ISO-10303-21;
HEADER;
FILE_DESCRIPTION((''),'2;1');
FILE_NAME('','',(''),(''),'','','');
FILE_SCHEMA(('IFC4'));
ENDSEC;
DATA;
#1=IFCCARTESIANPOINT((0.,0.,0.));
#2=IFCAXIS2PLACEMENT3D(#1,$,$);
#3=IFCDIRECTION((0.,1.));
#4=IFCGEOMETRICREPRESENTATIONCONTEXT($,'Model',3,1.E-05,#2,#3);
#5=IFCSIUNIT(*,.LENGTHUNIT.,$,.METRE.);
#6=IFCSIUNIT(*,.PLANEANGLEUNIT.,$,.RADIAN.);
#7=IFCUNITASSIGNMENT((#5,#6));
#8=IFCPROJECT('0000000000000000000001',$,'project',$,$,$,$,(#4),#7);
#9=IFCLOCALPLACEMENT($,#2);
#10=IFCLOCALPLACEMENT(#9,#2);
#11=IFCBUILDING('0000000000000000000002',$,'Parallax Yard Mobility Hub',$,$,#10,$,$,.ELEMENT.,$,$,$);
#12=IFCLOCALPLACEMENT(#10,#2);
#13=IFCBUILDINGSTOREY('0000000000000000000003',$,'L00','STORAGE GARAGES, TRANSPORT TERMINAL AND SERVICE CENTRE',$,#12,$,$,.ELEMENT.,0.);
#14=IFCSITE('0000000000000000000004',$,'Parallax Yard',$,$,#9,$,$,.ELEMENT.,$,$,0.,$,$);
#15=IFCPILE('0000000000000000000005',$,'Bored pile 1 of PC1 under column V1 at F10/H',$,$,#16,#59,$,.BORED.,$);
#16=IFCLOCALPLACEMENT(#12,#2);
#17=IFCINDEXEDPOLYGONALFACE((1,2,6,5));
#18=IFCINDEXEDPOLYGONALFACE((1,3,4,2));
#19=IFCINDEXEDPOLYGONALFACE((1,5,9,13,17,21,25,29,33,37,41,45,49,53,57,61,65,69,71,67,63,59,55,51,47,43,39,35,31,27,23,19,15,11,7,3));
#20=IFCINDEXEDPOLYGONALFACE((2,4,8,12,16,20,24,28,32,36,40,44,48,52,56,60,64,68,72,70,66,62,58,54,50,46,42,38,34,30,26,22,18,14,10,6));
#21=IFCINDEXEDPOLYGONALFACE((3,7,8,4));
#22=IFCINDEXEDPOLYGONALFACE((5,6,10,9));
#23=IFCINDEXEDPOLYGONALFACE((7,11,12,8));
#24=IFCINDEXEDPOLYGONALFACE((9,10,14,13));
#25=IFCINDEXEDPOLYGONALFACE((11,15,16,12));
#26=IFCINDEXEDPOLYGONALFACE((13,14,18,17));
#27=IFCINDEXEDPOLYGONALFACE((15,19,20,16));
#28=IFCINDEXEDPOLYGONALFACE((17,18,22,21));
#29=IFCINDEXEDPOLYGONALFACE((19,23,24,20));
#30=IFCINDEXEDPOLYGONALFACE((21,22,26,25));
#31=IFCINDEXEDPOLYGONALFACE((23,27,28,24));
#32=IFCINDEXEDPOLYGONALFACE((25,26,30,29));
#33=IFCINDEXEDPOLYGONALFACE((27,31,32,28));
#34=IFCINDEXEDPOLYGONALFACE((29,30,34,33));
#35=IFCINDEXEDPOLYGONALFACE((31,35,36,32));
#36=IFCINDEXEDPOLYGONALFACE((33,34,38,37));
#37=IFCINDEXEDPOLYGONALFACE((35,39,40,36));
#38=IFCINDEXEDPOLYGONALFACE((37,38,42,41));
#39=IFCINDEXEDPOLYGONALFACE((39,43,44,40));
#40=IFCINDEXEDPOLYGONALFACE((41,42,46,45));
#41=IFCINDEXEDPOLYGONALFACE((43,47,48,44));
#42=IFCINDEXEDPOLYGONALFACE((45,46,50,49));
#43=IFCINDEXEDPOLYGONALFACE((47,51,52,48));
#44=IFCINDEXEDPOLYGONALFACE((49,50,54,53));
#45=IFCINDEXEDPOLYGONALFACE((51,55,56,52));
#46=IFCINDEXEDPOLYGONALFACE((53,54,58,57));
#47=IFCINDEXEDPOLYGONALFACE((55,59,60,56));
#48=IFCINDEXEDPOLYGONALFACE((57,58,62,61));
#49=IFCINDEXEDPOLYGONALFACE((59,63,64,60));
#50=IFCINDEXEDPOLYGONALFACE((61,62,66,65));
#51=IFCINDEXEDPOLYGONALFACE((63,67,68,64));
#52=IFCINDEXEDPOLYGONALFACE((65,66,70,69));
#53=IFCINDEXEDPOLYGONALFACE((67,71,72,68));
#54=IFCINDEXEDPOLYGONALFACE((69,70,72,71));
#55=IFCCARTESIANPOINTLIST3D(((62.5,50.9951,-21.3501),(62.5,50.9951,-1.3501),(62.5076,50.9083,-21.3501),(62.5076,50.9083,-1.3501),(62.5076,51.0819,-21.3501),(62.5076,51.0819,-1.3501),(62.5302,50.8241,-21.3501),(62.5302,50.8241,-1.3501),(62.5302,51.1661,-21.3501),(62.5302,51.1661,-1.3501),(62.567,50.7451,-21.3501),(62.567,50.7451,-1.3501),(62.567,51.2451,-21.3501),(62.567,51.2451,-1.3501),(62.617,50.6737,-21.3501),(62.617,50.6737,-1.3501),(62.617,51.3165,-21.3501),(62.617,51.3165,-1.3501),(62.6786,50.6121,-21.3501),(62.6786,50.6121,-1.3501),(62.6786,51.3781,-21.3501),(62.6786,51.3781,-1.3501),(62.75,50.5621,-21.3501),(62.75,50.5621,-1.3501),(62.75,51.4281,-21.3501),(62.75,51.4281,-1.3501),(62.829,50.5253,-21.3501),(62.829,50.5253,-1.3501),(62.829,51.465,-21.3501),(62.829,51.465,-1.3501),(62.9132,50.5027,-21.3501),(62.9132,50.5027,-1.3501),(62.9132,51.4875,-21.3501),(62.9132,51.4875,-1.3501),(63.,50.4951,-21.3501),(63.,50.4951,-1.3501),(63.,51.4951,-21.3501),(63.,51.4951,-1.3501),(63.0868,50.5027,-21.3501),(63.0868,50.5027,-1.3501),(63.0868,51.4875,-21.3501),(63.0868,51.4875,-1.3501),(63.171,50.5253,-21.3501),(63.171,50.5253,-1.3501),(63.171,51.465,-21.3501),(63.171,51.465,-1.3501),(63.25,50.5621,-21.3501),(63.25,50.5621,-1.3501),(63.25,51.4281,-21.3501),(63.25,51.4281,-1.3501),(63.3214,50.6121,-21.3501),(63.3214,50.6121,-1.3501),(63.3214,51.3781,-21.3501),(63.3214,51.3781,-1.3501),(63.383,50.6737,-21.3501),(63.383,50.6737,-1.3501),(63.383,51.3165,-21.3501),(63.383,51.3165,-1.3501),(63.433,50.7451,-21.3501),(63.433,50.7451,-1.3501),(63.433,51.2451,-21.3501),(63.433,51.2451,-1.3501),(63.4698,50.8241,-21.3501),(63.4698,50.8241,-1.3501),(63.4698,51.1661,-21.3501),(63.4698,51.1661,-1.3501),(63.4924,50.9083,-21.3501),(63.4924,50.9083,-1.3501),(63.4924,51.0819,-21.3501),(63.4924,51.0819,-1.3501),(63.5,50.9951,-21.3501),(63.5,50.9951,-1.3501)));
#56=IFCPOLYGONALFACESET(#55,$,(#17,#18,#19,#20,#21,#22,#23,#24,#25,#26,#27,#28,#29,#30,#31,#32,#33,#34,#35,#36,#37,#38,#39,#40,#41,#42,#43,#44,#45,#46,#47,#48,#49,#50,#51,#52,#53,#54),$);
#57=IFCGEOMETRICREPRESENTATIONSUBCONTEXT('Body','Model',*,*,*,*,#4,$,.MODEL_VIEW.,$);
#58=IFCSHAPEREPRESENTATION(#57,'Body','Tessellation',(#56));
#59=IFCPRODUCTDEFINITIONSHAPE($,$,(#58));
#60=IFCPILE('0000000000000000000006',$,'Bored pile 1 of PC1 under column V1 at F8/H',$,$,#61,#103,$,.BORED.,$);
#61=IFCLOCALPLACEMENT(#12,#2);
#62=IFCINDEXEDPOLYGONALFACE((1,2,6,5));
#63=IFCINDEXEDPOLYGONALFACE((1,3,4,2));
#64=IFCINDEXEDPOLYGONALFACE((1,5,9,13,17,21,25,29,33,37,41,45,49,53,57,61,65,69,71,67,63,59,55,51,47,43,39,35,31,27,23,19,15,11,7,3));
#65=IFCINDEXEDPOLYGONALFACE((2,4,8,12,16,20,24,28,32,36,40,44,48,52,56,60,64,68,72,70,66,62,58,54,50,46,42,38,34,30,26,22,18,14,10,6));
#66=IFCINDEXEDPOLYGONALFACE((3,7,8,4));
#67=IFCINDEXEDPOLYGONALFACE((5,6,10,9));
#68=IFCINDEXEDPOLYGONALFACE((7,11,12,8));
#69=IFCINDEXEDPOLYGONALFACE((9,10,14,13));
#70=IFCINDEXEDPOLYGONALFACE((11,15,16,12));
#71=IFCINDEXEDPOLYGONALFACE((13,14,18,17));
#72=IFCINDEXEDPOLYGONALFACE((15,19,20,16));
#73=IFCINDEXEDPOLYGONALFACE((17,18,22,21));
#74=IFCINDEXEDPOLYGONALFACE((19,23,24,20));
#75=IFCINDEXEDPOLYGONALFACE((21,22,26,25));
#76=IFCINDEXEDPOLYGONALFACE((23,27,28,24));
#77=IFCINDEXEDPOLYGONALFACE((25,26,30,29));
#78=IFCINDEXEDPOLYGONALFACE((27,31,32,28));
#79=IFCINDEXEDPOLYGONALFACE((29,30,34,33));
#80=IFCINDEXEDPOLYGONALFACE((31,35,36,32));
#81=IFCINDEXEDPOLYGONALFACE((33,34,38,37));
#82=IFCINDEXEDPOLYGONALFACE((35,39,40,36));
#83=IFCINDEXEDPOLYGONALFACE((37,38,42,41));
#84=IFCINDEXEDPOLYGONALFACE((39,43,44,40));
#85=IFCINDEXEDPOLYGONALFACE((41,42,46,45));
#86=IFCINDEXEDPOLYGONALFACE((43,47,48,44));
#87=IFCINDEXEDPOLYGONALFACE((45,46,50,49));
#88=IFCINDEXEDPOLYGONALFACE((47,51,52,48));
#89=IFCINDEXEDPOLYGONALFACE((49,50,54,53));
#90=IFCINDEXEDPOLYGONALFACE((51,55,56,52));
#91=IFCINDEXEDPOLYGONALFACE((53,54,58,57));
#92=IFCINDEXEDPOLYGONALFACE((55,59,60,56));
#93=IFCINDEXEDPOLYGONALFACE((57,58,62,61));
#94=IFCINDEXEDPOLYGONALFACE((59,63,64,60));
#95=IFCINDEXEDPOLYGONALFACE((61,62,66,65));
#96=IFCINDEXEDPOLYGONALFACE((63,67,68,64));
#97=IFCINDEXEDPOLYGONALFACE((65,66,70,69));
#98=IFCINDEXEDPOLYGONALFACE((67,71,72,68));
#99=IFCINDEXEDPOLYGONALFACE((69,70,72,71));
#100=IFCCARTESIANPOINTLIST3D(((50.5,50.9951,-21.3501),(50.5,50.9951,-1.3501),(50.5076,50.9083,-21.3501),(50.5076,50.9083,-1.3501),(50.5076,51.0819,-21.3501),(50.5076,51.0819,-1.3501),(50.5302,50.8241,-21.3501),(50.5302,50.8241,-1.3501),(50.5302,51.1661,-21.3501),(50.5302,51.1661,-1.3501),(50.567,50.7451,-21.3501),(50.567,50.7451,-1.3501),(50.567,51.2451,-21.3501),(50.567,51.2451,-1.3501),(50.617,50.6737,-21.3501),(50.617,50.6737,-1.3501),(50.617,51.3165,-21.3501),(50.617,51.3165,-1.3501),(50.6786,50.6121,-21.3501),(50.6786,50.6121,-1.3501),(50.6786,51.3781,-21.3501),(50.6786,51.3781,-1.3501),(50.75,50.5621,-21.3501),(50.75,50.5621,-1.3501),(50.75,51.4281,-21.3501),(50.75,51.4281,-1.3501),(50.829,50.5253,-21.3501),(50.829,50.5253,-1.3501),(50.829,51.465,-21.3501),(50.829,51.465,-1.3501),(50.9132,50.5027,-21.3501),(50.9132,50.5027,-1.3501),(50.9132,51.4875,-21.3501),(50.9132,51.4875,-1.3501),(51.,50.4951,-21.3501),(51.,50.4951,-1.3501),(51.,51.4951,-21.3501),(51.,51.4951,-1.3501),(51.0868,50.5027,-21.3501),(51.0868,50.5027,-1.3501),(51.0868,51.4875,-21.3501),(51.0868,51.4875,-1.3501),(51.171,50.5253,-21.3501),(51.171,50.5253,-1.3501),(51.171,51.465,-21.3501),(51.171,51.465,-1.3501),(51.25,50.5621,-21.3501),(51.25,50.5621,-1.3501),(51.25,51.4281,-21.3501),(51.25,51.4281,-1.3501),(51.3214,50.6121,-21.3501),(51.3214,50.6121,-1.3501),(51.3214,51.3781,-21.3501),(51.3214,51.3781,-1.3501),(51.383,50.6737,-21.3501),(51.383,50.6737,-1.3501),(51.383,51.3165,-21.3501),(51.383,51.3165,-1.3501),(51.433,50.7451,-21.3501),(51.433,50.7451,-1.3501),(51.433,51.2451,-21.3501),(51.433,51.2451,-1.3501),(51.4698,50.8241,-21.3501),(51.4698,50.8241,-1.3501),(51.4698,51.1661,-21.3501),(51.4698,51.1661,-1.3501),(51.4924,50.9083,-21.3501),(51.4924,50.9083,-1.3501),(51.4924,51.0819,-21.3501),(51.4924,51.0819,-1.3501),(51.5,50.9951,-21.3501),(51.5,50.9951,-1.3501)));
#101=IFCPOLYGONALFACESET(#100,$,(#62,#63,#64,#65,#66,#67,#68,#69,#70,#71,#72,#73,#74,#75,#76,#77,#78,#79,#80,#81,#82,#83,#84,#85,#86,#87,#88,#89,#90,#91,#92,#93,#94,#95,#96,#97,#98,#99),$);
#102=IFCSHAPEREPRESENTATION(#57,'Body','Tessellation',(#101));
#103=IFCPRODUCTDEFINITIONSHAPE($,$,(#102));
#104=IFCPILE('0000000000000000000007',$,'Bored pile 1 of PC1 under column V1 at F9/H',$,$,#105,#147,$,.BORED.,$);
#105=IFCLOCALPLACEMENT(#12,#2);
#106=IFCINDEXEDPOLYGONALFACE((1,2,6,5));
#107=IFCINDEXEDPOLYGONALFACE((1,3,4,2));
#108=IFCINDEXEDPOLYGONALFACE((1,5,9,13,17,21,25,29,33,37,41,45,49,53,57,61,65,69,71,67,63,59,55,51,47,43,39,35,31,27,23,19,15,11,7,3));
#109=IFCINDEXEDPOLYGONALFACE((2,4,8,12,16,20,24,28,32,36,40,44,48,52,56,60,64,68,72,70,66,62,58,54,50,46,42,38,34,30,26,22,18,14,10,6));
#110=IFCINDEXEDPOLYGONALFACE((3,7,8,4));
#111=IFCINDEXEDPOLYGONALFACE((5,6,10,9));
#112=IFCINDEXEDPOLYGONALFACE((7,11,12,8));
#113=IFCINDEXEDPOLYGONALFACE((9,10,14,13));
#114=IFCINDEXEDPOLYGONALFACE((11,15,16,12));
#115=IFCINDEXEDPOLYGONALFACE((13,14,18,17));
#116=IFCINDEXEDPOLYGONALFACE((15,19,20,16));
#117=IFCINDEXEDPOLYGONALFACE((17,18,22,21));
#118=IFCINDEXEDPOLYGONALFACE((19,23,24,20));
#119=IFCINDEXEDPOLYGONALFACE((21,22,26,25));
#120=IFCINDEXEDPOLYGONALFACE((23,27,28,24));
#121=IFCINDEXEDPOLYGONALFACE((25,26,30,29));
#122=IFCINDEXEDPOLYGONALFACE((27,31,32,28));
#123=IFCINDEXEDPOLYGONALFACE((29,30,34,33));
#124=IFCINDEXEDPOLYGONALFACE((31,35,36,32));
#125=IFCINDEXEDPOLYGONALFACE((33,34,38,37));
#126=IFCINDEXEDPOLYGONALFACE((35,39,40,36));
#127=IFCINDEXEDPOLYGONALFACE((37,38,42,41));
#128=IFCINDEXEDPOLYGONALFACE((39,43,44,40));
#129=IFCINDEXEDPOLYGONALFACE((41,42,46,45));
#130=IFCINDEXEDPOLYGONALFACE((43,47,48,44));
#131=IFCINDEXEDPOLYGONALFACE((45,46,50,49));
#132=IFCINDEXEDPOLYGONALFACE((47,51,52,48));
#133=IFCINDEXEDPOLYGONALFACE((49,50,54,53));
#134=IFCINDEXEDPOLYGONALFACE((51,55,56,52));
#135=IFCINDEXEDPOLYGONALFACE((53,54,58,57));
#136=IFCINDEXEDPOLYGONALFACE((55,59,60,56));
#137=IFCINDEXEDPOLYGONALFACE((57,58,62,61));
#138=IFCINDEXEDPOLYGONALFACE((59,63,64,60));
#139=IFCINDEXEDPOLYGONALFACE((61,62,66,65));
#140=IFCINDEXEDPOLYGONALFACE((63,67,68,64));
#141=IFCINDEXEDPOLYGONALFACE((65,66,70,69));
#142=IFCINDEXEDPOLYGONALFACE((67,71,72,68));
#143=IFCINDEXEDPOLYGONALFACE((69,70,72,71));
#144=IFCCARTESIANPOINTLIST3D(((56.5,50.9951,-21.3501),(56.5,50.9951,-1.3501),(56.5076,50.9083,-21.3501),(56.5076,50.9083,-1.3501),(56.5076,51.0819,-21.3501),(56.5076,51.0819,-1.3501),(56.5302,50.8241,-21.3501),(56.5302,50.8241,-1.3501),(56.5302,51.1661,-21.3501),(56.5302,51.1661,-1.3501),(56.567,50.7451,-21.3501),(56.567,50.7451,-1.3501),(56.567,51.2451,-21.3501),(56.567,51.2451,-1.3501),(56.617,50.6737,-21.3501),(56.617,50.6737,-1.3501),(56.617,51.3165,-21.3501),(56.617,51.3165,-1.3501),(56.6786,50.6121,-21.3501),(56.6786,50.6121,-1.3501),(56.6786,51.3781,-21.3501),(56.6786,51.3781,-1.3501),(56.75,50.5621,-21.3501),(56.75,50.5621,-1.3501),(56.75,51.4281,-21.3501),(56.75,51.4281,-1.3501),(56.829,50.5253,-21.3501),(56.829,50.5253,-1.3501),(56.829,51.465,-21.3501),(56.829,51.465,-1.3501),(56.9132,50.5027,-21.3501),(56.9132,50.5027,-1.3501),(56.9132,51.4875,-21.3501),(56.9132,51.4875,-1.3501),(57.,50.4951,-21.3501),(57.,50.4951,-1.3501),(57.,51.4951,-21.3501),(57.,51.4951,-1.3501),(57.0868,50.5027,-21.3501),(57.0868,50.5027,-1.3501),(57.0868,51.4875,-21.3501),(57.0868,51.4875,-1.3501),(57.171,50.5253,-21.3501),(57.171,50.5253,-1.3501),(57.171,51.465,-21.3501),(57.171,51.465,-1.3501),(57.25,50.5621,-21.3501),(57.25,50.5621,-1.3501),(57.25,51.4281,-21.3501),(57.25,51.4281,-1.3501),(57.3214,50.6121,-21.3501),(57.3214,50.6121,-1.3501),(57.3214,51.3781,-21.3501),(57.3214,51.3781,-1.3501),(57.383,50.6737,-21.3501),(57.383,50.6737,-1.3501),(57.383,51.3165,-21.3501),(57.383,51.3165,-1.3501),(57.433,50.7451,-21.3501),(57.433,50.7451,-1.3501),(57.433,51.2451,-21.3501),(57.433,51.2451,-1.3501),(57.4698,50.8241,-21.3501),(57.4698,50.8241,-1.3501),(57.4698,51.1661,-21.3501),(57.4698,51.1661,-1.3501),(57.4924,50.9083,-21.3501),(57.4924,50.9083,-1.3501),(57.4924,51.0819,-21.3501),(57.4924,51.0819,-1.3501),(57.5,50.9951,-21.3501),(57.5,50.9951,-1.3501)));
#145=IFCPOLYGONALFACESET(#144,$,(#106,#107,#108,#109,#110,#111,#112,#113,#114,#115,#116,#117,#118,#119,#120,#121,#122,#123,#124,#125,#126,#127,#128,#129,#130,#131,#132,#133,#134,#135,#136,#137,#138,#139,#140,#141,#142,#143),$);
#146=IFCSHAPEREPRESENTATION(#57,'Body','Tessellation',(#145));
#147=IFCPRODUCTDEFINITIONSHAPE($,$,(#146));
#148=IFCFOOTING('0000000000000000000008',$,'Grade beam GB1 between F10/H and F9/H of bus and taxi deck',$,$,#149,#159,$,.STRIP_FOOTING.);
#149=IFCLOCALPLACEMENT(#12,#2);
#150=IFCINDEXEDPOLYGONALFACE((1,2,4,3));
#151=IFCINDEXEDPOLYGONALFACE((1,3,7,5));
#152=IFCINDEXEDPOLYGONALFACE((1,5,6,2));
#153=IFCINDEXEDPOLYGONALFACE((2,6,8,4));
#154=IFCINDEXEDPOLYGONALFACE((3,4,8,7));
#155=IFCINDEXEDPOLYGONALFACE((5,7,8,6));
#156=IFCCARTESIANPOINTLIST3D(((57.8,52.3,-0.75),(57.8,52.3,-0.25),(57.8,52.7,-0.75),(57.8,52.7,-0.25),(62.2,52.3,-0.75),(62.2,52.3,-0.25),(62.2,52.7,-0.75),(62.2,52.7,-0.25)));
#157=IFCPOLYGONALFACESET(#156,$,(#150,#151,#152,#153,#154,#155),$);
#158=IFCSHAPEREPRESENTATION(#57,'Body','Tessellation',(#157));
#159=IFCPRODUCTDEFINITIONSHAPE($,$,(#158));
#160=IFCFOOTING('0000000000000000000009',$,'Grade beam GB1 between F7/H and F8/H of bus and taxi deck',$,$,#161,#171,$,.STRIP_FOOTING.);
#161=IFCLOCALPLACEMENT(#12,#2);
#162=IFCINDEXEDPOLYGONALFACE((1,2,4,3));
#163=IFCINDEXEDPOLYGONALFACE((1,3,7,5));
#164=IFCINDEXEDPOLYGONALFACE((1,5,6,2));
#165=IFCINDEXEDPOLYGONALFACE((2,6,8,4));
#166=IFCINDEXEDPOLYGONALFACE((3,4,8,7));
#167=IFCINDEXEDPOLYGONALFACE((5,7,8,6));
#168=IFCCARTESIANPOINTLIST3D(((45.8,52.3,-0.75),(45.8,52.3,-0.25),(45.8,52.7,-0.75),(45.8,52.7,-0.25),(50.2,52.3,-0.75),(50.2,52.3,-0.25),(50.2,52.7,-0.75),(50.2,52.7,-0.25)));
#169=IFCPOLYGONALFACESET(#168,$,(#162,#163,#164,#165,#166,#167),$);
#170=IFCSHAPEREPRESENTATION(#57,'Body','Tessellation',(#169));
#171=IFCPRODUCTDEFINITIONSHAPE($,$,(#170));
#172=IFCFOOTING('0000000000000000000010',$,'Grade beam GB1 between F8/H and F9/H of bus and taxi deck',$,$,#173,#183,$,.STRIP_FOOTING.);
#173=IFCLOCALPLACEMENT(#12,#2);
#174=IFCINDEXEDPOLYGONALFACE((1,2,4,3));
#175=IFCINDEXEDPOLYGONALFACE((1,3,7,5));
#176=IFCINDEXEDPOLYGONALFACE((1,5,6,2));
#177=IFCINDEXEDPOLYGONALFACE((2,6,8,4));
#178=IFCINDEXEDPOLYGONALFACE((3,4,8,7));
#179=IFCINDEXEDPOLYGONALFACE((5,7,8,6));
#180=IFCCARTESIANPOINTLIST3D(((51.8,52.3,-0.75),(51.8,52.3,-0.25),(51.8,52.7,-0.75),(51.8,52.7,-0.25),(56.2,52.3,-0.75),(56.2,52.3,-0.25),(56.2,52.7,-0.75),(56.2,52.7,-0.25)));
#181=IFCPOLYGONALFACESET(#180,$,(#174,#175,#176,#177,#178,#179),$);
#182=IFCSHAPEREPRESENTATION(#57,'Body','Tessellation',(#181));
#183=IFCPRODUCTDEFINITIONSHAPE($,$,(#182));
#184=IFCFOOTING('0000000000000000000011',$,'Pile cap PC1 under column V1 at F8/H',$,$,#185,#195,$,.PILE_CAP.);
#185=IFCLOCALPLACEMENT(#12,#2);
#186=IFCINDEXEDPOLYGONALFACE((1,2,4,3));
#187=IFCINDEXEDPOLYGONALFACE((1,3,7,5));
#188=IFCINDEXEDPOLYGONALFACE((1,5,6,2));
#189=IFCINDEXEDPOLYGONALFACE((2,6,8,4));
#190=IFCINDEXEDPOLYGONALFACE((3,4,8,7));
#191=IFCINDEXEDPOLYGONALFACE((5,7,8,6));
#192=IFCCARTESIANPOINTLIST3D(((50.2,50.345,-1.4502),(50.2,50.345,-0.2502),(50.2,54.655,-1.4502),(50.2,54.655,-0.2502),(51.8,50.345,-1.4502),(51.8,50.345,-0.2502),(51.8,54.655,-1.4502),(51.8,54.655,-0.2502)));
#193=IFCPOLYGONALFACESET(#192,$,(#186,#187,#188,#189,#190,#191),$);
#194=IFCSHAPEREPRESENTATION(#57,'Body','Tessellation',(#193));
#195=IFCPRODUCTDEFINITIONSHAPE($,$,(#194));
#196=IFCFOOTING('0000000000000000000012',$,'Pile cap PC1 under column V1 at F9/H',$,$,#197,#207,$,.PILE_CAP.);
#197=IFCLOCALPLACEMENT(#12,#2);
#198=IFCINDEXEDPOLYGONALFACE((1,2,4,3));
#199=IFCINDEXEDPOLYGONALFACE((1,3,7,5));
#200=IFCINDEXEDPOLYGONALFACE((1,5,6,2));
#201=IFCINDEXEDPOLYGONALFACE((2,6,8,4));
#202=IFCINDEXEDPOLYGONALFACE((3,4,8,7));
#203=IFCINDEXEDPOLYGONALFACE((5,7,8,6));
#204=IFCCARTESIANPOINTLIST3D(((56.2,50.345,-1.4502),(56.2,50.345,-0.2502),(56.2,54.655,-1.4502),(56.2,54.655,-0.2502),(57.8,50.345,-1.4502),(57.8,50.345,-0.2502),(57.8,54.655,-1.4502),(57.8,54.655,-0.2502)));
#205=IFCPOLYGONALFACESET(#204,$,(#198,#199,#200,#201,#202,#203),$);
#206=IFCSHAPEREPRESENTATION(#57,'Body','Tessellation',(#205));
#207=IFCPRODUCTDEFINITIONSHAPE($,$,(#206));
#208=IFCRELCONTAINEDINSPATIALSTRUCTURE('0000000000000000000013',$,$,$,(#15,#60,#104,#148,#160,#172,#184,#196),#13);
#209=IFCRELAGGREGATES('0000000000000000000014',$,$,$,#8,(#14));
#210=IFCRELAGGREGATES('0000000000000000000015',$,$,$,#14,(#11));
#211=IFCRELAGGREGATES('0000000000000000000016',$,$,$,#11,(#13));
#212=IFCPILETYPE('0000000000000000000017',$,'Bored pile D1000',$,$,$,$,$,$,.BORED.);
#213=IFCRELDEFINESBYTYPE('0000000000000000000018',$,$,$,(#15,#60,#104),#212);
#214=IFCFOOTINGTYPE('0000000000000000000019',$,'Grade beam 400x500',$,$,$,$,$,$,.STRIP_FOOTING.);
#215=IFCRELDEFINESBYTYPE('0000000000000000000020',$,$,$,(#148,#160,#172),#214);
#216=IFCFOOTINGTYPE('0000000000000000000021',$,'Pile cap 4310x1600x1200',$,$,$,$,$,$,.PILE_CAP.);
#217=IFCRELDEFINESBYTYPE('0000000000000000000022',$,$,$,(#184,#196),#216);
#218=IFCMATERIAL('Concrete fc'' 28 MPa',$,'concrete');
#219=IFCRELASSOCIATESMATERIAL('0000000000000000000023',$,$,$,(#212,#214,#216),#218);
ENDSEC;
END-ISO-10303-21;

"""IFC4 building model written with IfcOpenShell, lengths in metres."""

from ifc_helpers import new_model, si_unit, direction, frame, origin, origin_2d, place, context, subcontext, project, spatial, rectangle, circle, extrude, material, material_profile, profile_set, type_object, element, save


model = new_model("IFC4")

# Units and contexts
model_context = context("Model", 3, precision=1e-05, world=origin(), true_north=direction((0.0, 1.0)))
body_context = subcontext(model_context, "Body", "Model", "MODEL_VIEW")
ifc_project = project(units=[si_unit("LENGTHUNIT", "METRE"), si_unit("PLANEANGLEUNIT", "RADIAN")], contexts=[model_context])

# Site, building, storey
site_placement = place(None, origin())
site = spatial("IfcSite", under=ifc_project, at=site_placement, Name="Parallax Yard", CompositionType="ELEMENT", RefElevation=0.0)
building_placement = place(site_placement, origin())
building = spatial("IfcBuilding", under=site, at=building_placement, Name="Parallax Yard Mobility Hub", CompositionType="ELEMENT")
storey_placement = place(building_placement, origin())
storey = spatial("IfcBuildingStorey", under=building, at=storey_placement, Name="L00", Description="STORAGE GARAGES, TRANSPORT TERMINAL AND SERVICE CENTRE", CompositionType="ELEMENT", Elevation=0.0)

# Piles
ifc_material_1 = material(Name="Concrete fc' 28 MPa", Category="concrete")
ifc_material_profile_1 = material_profile(ifc_material_1, circle(Radius=0.5, at=origin_2d()), Name="Bored pile D1000")
ifc_profile_set_1 = profile_set([ifc_material_profile_1], Name="Concrete fc' 28 MPa")
pile_type = type_object("IfcPileType", Name="Bored pile D1000", PredefinedType="BORED", material=ifc_profile_set_1)
for number, where, z_axis, x_axis, name in (
    (1, (63.0, 50.9951, -1.3501), (0.0, 0.0, -1.0), (1.0, 0.0, 0.0), "Bored pile 1 of PC1 under column V1 at F10/H"),
    (2, (51.0, 50.9951, -1.3501), (0.0, 0.0, -1.0), (1.0, 0.0, 0.0), "Bored pile 1 of PC1 under column V1 at F8/H"),
    (3, (57.0, 50.9951, -1.3501), (0.0, 0.0, -1.0), (1.0, 0.0, 0.0), "Bored pile 1 of PC1 under column V1 at F9/H"),
):
    element("IfcPile", number, at=place(storey_placement, frame(where, z_axis=z_axis, x_axis=x_axis)), inside=storey, type_object=pile_type, Name=name, PredefinedType="BORED", context=body_context, shape_type="SweptSolid", body=[
        extrude(circle(Radius=0.5, at=origin_2d()), origin(), (0.0, 0.0, 1.0), 20.0),
    ])

# Footings
ifc_material_profile_2 = material_profile(ifc_material_1, rectangle(XDim=0.3999, YDim=0.5, at=origin_2d()), Name="Grade beam 400x500")
ifc_profile_set_2 = profile_set([ifc_material_profile_2], Name="Concrete fc' 28 MPa")
footing_type_1 = type_object("IfcFootingType", Name="Grade beam 400x500", PredefinedType="STRIP_FOOTING", material=ifc_profile_set_2)
for number, where, z_axis, x_axis, name in (
    (4, (62.2, 52.5, -0.5), (-1.0, 0.0, 0.0), (0.0, -1.0, 0.0), "Grade beam GB1 between F10/H and F9/H of bus and taxi deck"),
    (5, (45.8, 52.5, -0.5), (1.0, 0.0, 0.0), (0.0, 1.0, 0.0), "Grade beam GB1 between F7/H and F8/H of bus and taxi deck"),
    (6, (51.8, 52.5, -0.5), (1.0, 0.0, 0.0), (0.0, 1.0, 0.0), "Grade beam GB1 between F8/H and F9/H of bus and taxi deck"),
):
    element("IfcFooting", number, at=place(storey_placement, frame(where, z_axis=z_axis, x_axis=x_axis)), inside=storey, type_object=footing_type_1, Name=name, PredefinedType="STRIP_FOOTING", context=body_context, shape_type="SweptSolid", body=[
        extrude(rectangle(XDim=0.3999, YDim=0.5, at=origin_2d()), origin(), (0.0, 0.0, 1.0), 4.3999),
    ])
footing_type_2 = type_object("IfcFootingType", Name="Pile cap 4310x1600x1200", PredefinedType="PILE_CAP", material=ifc_material_1)
for number, where, z_axis, x_axis, name in (
    (7, (51.0, 52.5, -1.4502), (0.0, 0.0, 1.0), (0.0, 1.0, 0.0), "Pile cap PC1 under column V1 at F8/H"),
    (8, (57.0, 52.5, -1.4502), (0.0, 0.0, 1.0), (0.0, 1.0, 0.0), "Pile cap PC1 under column V1 at F9/H"),
):
    element("IfcFooting", number, at=place(storey_placement, frame(where, z_axis=z_axis, x_axis=x_axis)), inside=storey, type_object=footing_type_2, Name=name, PredefinedType="PILE_CAP", context=body_context, shape_type="SweptSolid", body=[
        extrude(rectangle(XDim=4.3101, YDim=1.6001, at=origin_2d()), origin(), (0.0, 0.0, 1.0), 1.2),
    ])

save(model, "model.ifc")
